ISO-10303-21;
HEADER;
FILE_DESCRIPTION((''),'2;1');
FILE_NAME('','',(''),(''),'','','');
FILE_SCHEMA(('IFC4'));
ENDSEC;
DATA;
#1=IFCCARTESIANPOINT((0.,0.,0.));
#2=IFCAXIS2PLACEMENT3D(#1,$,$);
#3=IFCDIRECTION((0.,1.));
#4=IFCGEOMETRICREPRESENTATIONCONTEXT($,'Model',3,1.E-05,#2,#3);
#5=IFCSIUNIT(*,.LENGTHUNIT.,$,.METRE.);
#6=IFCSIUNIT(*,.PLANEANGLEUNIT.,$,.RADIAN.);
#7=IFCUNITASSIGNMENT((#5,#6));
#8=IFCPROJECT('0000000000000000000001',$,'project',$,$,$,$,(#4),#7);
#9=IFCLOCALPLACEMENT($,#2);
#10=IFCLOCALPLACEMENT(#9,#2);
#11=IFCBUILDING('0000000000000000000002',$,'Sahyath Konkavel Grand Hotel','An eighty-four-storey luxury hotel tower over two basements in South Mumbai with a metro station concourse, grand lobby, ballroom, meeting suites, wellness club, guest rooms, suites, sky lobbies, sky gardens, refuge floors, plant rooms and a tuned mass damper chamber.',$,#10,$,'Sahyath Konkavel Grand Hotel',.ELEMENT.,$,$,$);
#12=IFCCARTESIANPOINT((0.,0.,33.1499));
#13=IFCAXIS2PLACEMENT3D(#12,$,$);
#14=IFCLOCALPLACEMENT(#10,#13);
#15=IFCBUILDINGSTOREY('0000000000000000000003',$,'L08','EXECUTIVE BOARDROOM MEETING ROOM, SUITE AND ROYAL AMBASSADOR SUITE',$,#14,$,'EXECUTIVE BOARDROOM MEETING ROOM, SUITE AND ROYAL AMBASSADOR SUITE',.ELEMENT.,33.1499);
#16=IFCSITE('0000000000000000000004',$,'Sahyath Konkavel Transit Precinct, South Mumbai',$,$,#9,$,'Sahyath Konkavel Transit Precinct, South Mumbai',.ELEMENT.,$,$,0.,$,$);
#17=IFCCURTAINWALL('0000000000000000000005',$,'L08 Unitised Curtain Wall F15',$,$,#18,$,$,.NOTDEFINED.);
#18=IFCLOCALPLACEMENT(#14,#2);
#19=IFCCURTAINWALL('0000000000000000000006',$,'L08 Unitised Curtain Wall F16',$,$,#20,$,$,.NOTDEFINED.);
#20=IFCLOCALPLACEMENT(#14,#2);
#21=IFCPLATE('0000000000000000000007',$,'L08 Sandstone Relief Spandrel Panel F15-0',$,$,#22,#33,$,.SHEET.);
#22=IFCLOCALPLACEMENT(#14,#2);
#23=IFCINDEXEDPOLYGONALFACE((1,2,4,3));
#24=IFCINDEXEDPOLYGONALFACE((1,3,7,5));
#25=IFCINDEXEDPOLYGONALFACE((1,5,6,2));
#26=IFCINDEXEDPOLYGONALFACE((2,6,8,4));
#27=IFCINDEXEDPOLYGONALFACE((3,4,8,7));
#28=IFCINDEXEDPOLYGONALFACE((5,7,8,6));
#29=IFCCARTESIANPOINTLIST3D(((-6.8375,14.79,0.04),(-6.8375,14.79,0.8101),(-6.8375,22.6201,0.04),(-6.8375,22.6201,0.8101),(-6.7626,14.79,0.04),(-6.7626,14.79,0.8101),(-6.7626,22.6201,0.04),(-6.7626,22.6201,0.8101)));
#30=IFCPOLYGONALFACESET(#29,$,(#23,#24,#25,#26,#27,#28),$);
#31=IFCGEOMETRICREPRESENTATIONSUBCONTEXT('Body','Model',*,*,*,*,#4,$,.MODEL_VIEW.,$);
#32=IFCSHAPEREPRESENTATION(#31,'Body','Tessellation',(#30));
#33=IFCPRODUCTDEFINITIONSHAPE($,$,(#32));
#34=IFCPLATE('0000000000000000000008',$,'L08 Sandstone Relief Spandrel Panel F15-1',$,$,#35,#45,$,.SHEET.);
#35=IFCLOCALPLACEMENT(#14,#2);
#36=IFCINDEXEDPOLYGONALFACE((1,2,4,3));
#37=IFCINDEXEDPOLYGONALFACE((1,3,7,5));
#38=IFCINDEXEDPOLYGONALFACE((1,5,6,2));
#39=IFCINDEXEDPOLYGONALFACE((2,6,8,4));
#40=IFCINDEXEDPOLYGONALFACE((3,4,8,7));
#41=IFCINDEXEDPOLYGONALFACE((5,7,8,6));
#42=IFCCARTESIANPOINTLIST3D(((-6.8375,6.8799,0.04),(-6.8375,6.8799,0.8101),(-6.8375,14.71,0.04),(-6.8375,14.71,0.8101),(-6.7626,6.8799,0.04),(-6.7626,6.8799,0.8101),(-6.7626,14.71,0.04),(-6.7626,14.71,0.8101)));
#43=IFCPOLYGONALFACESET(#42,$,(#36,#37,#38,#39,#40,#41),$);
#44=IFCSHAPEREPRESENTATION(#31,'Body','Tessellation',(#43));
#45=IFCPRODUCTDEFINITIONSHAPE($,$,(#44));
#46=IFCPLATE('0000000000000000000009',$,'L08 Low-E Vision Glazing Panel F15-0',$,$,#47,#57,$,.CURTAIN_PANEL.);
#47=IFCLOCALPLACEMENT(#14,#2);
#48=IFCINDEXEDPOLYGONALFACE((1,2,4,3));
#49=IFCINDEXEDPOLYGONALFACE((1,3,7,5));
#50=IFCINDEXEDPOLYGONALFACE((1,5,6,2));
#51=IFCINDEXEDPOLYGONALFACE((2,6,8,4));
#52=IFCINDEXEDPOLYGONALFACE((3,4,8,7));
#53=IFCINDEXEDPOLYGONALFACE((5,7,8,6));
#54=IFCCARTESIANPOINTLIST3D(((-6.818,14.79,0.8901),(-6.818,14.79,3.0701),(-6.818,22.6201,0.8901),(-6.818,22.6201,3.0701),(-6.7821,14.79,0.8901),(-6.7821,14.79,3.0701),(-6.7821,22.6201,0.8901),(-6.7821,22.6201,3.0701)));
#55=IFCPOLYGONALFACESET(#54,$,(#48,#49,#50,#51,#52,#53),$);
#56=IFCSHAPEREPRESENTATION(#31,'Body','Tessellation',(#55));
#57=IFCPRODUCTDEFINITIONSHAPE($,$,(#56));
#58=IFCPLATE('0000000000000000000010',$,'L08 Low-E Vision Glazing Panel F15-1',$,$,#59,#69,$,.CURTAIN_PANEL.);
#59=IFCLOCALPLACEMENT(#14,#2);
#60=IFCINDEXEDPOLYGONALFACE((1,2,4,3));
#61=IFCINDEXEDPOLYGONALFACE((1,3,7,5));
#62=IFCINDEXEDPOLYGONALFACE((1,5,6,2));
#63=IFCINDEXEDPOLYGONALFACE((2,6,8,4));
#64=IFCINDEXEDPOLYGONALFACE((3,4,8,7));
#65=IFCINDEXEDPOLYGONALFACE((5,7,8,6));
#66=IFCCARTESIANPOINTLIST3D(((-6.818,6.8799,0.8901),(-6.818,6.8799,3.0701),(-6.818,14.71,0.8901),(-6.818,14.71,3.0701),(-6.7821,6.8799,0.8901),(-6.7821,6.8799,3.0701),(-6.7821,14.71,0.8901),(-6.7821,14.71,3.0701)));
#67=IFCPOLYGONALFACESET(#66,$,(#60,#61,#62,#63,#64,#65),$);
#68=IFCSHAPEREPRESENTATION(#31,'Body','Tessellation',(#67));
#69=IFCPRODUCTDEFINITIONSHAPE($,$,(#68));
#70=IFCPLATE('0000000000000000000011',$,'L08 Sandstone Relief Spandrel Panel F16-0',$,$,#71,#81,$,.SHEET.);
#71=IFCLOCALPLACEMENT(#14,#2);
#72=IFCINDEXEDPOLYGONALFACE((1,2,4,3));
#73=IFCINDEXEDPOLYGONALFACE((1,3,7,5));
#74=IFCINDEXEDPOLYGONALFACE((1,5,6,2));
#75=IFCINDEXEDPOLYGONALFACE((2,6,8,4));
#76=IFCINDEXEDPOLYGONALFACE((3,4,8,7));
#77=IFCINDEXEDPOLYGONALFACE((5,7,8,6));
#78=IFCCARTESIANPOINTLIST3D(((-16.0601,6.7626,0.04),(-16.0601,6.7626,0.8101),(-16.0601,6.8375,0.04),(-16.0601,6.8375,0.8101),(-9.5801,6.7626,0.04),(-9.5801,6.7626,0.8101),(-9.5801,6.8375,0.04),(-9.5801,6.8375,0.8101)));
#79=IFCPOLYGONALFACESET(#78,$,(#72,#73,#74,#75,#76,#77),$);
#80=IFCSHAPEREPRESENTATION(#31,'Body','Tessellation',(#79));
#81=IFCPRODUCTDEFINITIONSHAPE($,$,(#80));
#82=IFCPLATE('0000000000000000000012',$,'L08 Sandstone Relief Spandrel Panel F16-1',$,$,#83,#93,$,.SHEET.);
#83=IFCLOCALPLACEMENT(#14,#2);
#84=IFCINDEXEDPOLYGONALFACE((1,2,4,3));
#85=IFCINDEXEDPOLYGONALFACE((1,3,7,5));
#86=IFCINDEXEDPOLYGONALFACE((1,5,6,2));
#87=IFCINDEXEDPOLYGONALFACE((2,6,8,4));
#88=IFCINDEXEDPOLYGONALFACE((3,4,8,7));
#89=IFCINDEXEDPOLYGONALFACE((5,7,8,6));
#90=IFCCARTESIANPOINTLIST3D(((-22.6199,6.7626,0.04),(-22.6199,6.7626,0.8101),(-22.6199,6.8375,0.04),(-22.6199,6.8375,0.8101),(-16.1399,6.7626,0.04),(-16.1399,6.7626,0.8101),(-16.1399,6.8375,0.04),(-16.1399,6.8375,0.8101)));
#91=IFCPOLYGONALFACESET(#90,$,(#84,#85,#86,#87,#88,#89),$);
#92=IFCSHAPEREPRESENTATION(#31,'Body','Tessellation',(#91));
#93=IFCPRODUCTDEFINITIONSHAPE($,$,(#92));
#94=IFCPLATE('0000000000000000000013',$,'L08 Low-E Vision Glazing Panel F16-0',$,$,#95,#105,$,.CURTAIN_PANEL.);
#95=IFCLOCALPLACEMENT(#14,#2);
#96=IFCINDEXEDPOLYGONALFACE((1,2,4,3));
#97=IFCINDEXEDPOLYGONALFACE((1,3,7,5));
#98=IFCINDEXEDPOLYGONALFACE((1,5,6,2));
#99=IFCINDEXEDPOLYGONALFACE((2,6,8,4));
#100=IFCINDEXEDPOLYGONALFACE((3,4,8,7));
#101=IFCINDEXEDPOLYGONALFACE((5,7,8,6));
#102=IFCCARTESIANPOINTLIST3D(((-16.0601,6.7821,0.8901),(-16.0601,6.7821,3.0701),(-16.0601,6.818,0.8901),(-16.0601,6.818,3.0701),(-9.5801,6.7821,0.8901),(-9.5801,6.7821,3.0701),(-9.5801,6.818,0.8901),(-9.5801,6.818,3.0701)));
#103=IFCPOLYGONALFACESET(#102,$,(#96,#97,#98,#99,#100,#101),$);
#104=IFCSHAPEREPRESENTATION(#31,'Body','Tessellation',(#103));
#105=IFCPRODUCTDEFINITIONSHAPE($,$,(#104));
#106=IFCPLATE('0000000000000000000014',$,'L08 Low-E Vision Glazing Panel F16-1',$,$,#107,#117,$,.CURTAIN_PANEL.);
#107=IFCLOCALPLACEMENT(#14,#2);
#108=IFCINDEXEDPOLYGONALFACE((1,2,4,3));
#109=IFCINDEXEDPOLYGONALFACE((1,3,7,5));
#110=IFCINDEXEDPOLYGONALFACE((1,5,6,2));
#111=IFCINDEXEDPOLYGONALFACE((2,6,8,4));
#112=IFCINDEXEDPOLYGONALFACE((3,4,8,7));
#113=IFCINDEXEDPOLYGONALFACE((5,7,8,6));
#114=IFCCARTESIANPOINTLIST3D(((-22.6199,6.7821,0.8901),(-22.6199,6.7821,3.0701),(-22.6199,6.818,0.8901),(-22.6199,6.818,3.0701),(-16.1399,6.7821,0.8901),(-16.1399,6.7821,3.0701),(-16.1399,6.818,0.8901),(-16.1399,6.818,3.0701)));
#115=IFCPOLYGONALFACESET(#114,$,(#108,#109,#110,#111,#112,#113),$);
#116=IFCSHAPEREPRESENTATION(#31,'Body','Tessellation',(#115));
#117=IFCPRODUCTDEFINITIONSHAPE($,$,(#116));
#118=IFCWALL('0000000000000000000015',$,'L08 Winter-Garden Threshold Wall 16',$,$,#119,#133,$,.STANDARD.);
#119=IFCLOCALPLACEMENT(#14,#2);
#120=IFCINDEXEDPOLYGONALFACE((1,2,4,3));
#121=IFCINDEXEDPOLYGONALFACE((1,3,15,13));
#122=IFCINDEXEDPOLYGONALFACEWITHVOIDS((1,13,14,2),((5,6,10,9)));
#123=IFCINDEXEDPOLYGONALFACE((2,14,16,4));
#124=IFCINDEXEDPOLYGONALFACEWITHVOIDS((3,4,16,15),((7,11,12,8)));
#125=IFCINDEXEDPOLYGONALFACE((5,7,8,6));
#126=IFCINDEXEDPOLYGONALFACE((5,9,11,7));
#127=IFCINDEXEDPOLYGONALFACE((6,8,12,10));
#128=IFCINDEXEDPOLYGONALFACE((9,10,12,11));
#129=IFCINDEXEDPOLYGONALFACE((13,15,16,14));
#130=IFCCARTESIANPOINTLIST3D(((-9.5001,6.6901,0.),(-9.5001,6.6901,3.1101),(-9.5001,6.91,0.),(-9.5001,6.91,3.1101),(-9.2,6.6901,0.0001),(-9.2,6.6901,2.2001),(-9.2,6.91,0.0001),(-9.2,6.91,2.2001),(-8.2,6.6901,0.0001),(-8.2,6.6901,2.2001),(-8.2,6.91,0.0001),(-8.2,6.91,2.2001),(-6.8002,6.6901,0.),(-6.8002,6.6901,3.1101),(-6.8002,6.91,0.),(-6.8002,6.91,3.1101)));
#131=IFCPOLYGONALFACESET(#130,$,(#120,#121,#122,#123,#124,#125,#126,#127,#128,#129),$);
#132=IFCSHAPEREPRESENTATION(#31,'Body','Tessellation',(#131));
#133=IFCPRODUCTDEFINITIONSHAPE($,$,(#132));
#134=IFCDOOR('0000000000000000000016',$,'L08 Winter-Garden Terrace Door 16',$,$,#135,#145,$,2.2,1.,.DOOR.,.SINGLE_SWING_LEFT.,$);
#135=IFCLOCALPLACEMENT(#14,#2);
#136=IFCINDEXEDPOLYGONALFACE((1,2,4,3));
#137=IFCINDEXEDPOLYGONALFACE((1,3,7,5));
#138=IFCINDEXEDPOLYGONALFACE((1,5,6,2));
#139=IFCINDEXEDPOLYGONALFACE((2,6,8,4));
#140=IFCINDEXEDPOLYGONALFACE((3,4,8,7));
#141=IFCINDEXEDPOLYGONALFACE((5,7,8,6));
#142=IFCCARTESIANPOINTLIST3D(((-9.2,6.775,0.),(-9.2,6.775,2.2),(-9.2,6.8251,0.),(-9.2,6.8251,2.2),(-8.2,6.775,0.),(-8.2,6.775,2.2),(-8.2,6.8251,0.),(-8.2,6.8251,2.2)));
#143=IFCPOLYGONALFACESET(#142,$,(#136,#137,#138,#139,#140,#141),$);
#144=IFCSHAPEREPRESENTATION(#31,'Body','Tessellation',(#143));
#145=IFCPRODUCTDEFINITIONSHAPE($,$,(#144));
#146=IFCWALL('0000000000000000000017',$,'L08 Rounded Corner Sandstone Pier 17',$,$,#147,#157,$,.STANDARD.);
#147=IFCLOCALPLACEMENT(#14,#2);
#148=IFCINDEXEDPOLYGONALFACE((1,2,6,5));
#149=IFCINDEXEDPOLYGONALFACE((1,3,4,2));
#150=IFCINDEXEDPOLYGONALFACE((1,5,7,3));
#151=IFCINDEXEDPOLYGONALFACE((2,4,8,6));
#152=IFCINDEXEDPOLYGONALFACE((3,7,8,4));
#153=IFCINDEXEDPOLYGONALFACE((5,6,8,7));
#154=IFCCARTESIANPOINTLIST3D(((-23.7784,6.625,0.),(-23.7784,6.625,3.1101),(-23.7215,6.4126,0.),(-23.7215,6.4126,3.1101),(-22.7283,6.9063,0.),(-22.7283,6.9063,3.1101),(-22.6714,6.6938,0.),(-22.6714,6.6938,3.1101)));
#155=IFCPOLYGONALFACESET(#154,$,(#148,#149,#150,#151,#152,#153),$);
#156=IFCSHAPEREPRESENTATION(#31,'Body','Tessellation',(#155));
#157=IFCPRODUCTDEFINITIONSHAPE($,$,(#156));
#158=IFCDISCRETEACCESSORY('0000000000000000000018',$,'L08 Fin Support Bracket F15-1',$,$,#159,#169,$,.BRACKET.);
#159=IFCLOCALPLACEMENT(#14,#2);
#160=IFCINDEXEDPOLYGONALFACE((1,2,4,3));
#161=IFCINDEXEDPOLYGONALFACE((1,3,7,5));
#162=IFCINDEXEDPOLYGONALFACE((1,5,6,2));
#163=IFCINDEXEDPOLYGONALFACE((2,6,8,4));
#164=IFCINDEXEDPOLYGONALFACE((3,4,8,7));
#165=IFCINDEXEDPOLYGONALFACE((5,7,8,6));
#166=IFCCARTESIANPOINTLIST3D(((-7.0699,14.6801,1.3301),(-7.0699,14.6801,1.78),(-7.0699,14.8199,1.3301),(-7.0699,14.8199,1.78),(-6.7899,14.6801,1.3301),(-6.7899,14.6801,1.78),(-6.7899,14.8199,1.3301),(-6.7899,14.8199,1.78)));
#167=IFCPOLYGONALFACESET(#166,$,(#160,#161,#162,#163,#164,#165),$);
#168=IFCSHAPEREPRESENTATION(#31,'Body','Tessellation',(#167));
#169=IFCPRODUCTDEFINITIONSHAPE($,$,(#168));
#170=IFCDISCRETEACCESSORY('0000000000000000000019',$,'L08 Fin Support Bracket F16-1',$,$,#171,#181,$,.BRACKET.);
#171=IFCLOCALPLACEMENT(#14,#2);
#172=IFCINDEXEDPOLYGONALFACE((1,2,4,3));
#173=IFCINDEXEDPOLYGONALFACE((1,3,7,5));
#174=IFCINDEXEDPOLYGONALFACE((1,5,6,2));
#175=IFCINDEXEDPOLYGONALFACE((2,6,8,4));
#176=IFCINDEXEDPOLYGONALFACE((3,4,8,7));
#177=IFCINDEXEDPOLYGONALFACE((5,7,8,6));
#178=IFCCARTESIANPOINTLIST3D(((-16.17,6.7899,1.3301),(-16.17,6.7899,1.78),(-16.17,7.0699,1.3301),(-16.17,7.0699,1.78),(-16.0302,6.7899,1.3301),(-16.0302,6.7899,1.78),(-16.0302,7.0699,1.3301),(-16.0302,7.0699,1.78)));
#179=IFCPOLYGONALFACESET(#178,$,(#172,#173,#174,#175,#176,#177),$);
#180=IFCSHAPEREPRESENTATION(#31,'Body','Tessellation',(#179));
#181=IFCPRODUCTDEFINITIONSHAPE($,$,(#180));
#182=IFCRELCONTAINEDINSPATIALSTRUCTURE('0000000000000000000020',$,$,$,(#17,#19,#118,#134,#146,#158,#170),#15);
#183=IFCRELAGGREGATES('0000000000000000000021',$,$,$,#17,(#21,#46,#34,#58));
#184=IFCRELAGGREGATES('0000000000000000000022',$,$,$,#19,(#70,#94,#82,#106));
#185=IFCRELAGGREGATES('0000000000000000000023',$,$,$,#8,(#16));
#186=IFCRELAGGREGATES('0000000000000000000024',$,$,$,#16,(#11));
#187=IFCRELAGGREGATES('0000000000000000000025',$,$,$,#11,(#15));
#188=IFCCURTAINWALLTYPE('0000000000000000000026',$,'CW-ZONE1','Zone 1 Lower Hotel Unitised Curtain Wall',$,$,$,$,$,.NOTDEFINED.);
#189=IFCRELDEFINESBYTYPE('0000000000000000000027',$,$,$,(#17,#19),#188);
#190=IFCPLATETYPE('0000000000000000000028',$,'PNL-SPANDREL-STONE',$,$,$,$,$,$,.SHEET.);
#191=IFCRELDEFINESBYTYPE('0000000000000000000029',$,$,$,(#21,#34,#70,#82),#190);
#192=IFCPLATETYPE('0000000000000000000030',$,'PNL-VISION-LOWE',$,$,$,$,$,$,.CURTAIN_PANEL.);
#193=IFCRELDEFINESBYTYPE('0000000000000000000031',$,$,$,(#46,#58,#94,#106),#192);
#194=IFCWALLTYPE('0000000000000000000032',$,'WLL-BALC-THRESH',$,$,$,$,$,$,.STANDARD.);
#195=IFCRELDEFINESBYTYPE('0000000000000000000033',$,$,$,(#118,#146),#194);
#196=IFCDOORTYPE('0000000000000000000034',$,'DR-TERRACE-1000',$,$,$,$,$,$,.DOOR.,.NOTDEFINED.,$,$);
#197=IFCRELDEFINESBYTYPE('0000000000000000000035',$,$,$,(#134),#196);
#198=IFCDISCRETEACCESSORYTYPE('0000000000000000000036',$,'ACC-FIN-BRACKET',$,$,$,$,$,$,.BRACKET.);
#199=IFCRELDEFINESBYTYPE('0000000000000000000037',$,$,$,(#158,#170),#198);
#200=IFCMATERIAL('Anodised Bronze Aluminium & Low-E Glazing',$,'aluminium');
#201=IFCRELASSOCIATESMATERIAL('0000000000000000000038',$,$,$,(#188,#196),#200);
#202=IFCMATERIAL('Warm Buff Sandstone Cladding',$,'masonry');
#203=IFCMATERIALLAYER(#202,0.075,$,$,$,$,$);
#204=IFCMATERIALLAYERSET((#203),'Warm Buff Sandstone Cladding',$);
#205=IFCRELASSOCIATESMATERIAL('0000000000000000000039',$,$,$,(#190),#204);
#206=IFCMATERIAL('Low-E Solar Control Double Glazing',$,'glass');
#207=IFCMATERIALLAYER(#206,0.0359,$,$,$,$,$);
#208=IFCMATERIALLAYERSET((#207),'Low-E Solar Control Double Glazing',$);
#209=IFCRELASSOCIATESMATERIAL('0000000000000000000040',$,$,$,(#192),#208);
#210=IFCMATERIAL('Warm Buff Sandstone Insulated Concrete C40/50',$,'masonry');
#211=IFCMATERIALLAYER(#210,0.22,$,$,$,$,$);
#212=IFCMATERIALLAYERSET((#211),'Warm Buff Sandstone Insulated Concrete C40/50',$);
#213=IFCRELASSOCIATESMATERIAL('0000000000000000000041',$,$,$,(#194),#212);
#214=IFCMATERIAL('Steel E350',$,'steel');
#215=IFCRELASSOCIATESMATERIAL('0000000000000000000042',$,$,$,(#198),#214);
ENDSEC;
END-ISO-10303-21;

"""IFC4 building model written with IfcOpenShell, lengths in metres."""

from ifc_helpers import new_model, si_unit, direction, frame, frame_2d, origin, origin_2d, place, context, subcontext, project, spatial, rectangle, extrude, source, transform, mapped, material, layer, layer_set, type_object, element, fill, aggregate, save


model = new_model("IFC4")

# Units and contexts
model_context = context("Model", 3, precision=1e-05, world=origin(), true_north=direction((0.0, 1.0)))
body_context = subcontext(model_context, "Body", "Model", "MODEL_VIEW")
ifc_project = project(units=[si_unit("LENGTHUNIT", "METRE"), si_unit("PLANEANGLEUNIT", "RADIAN")], contexts=[model_context])

# Site, building, storey
site_placement = place(None, origin())
site = spatial("IfcSite", under=ifc_project, at=site_placement, Name="Sahyath Konkavel Transit Precinct, South Mumbai", LongName="Sahyath Konkavel Transit Precinct, South Mumbai", CompositionType="ELEMENT", RefElevation=0.0)
building_placement = place(site_placement, origin())
building = spatial("IfcBuilding", under=site, at=building_placement, Name="Sahyath Konkavel Grand Hotel", Description="An eighty-four-storey luxury hotel tower over two basements in South Mumbai with a metro station concourse, grand lobby, ballroom, meeting suites, wellness club, guest rooms, suites, sky lobbies, sky gardens, refuge floors, plant rooms and a tuned mass damper chamber.", LongName="Sahyath Konkavel Grand Hotel", CompositionType="ELEMENT")
storey_placement = place(building_placement, frame((0.0, 0.0, 33.1499)))
storey = spatial("IfcBuildingStorey", under=building, at=storey_placement, Name="L08", Description="EXECUTIVE BOARDROOM MEETING ROOM, SUITE AND ROYAL AMBASSADOR SUITE", LongName="EXECUTIVE BOARDROOM MEETING ROOM, SUITE AND ROYAL AMBASSADOR SUITE", CompositionType="ELEMENT", Elevation=33.1499)

# Curtain walls
ifc_material_1 = material(Name="Anodised Bronze Aluminium & Low-E Glazing", Category="aluminium")
curtain_wall_type = type_object("IfcCurtainWallType", Name="CW-ZONE1", Description="Zone 1 Lower Hotel Unitised Curtain Wall", PredefinedType="NOTDEFINED", material=ifc_material_1)
curtain_wall_1_placement = place(storey_placement, origin())
curtain_wall_1 = element("IfcCurtainWall", 1, at=curtain_wall_1_placement, inside=storey, type_object=curtain_wall_type, Name="L08 Unitised Curtain Wall F15", PredefinedType="NOTDEFINED")
curtain_wall_2_placement = place(storey_placement, origin())
curtain_wall_2 = element("IfcCurtainWall", 2, at=curtain_wall_2_placement, inside=storey, type_object=curtain_wall_type, Name="L08 Unitised Curtain Wall F16", PredefinedType="NOTDEFINED")

# Plates
ifc_material_2 = material(Name="Warm Buff Sandstone Cladding", Category="masonry")
ifc_layer_1 = layer(ifc_material_2, 0.075)
ifc_layer_set_1 = layer_set([ifc_layer_1], Name="Warm Buff Sandstone Cladding")
plate_type_1 = type_object("IfcPlateType", Name="PNL-SPANDREL-STONE", PredefinedType="SHEET", material=ifc_layer_set_1)
shared_shape_1 = source(origin(), body_context, "Body", "SweptSolid", [
    extrude(rectangle(XDim=7.8301, YDim=0.075, at=origin_2d()), origin(), (0.0, 0.0, 1.0), 0.77),
])
plate_1_placement = place(storey_placement, frame((-6.8, 18.7051, 0.04), z_axis=(0.0, 0.0, 1.0), x_axis=(0.0, -1.0, 0.0)))
plate_1 = element("IfcPlate", 3, at=plate_1_placement, type_object=plate_type_1, Name="L08 Sandstone Relief Spandrel Panel F15-0", PredefinedType="SHEET", context=body_context, shape_type="MappedRepresentation", body=[
    mapped(shared_shape_1, transform((0.0, 0.0, 0.0), scale=1.0)),
])
plate_2_placement = place(storey_placement, frame((-6.8, 10.7949, 0.04), z_axis=(0.0, 0.0, 1.0), x_axis=(0.0, -1.0, 0.0)))
plate_2 = element("IfcPlate", 4, at=plate_2_placement, type_object=plate_type_1, Name="L08 Sandstone Relief Spandrel Panel F15-1", PredefinedType="SHEET", context=body_context, shape_type="MappedRepresentation", body=[
    mapped(shared_shape_1, transform((0.0, 0.0, 0.0), scale=1.0)),
])
ifc_material_3 = material(Name="Low-E Solar Control Double Glazing", Category="glass")
ifc_layer_2 = layer(ifc_material_3, 0.0359)
ifc_layer_set_2 = layer_set([ifc_layer_2], Name="Low-E Solar Control Double Glazing")
plate_type_2 = type_object("IfcPlateType", Name="PNL-VISION-LOWE", PredefinedType="CURTAIN_PANEL", material=ifc_layer_set_2)
shared_shape_2 = source(origin(), body_context, "Body", "SweptSolid", [
    extrude(rectangle(XDim=7.8301, YDim=0.0359, at=origin_2d()), origin(), (0.0, 0.0, 1.0), 2.1799),
])
plate_3_placement = place(storey_placement, frame((-6.8, 18.7051, 0.8901), z_axis=(0.0, 0.0, 1.0), x_axis=(0.0, -1.0, 0.0)))
plate_3 = element("IfcPlate", 5, at=plate_3_placement, type_object=plate_type_2, Name="L08 Low-E Vision Glazing Panel F15-0", PredefinedType="CURTAIN_PANEL", context=body_context, shape_type="MappedRepresentation", body=[
    mapped(shared_shape_2, transform((0.0, 0.0, 0.0), scale=1.0)),
])
plate_4_placement = place(storey_placement, frame((-6.8, 10.7949, 0.8901), z_axis=(0.0, 0.0, 1.0), x_axis=(0.0, -1.0, 0.0)))
plate_4 = element("IfcPlate", 6, at=plate_4_placement, type_object=plate_type_2, Name="L08 Low-E Vision Glazing Panel F15-1", PredefinedType="CURTAIN_PANEL", context=body_context, shape_type="MappedRepresentation", body=[
    mapped(shared_shape_2, transform((0.0, 0.0, 0.0), scale=1.0)),
])
aggregate(curtain_wall_1, [plate_1, plate_3, plate_2, plate_4])
shared_shape_3 = source(origin(), body_context, "Body", "SweptSolid", [
    extrude(rectangle(XDim=6.48, YDim=0.075, at=origin_2d()), origin(), (0.0, 0.0, 1.0), 0.77),
])
plate_5_placement = place(storey_placement, frame((-12.8201, 6.8, 0.04), z_axis=(0.0, 0.0, 1.0), x_axis=(-1.0, 0.0, 0.0)))
plate_5 = element("IfcPlate", 7, at=plate_5_placement, type_object=plate_type_1, Name="L08 Sandstone Relief Spandrel Panel F16-0", PredefinedType="SHEET", context=body_context, shape_type="MappedRepresentation", body=[
    mapped(shared_shape_3, transform((0.0, 0.0, 0.0), scale=1.0)),
])
plate_6_placement = place(storey_placement, frame((-19.3799, 6.8, 0.04), z_axis=(0.0, 0.0, 1.0), x_axis=(-1.0, 0.0, 0.0)))
plate_6 = element("IfcPlate", 8, at=plate_6_placement, type_object=plate_type_1, Name="L08 Sandstone Relief Spandrel Panel F16-1", PredefinedType="SHEET", context=body_context, shape_type="MappedRepresentation", body=[
    mapped(shared_shape_3, transform((0.0, 0.0, 0.0), scale=1.0)),
])
shared_shape_4 = source(origin(), body_context, "Body", "SweptSolid", [
    extrude(rectangle(XDim=6.48, YDim=0.0359, at=origin_2d()), origin(), (0.0, 0.0, 1.0), 2.1799),
])
plate_7_placement = place(storey_placement, frame((-12.8201, 6.8, 0.8901), z_axis=(0.0, 0.0, 1.0), x_axis=(-1.0, 0.0, 0.0)))
plate_7 = element("IfcPlate", 9, at=plate_7_placement, type_object=plate_type_2, Name="L08 Low-E Vision Glazing Panel F16-0", PredefinedType="CURTAIN_PANEL", context=body_context, shape_type="MappedRepresentation", body=[
    mapped(shared_shape_4, transform((0.0, 0.0, 0.0), scale=1.0)),
])
plate_8_placement = place(storey_placement, frame((-19.3799, 6.8, 0.8901), z_axis=(0.0, 0.0, 1.0), x_axis=(-1.0, 0.0, 0.0)))
plate_8 = element("IfcPlate", 10, at=plate_8_placement, type_object=plate_type_2, Name="L08 Low-E Vision Glazing Panel F16-1", PredefinedType="CURTAIN_PANEL", context=body_context, shape_type="MappedRepresentation", body=[
    mapped(shared_shape_4, transform((0.0, 0.0, 0.0), scale=1.0)),
])
aggregate(curtain_wall_2, [plate_5, plate_7, plate_6, plate_8])

# Wall, opening, door
ifc_material_4 = material(Name="Warm Buff Sandstone Insulated Concrete C40/50", Category="masonry")
ifc_layer_3 = layer(ifc_material_4, 0.22)
ifc_layer_set_3 = layer_set([ifc_layer_3], Name="Warm Buff Sandstone Insulated Concrete C40/50")
wall_type = type_object("IfcWallType", Name="WLL-BALC-THRESH", PredefinedType="STANDARD", material=ifc_layer_set_3)
wall_1_placement = place(storey_placement, frame((-6.8, 6.8, 0.0), z_axis=(0.0, 0.0, 1.0), x_axis=(-1.0, 0.0, 0.0)))
wall_1 = element("IfcWall", 11, at=wall_1_placement, inside=storey, type_object=wall_type, Name="L08 Winter-Garden Threshold Wall 16", PredefinedType="STANDARD", context=body_context, shape_type="SweptSolid", body=[
    extrude(rectangle(XDim=2.7, YDim=0.22, at=frame_2d((1.3501, 0.0))), origin(), (0.0, 0.0, 1.0), 3.1101),
])
opening_placement = place(wall_1_placement, frame((1.3999, 0.0, 0.0)))
opening = element("IfcOpeningElement", 12, at=opening_placement, cuts=wall_1, PredefinedType="OPENING", context=body_context, shape_type="SweptSolid", body=[
    extrude(rectangle(XDim=1.0, YDim=2.2, at=frame_2d((0.5, 1.1001))), frame((0.0, 0.1201, 0.0), z_axis=(0.0, -1.0, 0.0), x_axis=(1.0, 0.0, 0.0)), (0.0, 0.0, 1.0), 0.24),
])
door_type = type_object("IfcDoorType", Name="DR-TERRACE-1000", OperationType="NOTDEFINED", PredefinedType="DOOR", material=ifc_material_1)
shared_shape_5 = source(origin(), body_context, "Body", "SweptSolid", [
    extrude(rectangle(XDim=1.0, YDim=0.05, at=origin_2d()), origin(), (0.0, 0.0, 1.0), 2.2),
])
door_placement = place(opening_placement, frame((0.5, 0.0, 0.0)))
door = element("IfcDoor", 13, at=door_placement, inside=storey, type_object=door_type, Name="L08 Winter-Garden Terrace Door 16", OperationType="SINGLE_SWING_LEFT", OverallHeight=2.2, OverallWidth=1.0, PredefinedType="DOOR", context=body_context, shape_type="MappedRepresentation", body=[
    mapped(shared_shape_5, transform((0.0, 0.0, 0.0), scale=1.0)),
])
fill(opening, door)

# Wall
wall_2_placement = place(storey_placement, frame((-22.7, 6.8, 0.0), z_axis=(0.0, 0.0, 1.0), x_axis=(-0.965951, -0.258725, 0.0)))
element("IfcWall", 14, at=wall_2_placement, inside=storey, type_object=wall_type, Name="L08 Rounded Corner Sandstone Pier 17", PredefinedType="STANDARD", context=body_context, shape_type="SweptSolid", body=[
    extrude(rectangle(XDim=1.0872, YDim=0.22, at=frame_2d((0.5435, 0.0))), origin(), (0.0, 0.0, 1.0), 3.1101),
])

# Discrete accessories
ifc_material_5 = material(Name="Steel E350", Category="steel")
discrete_accessory_type = type_object("IfcDiscreteAccessoryType", Name="ACC-FIN-BRACKET", PredefinedType="BRACKET", material=ifc_material_5)
shared_shape_6 = source(origin(), body_context, "Body", "SweptSolid", [
    extrude(rectangle(XDim=0.28, YDim=0.1399, at=origin_2d()), origin(), (0.0, 0.0, 1.0), 0.45),
])
for number, where, z_axis, x_axis, name in (
    (15, (-6.9299, 14.75, 1.3301), (0.0, 0.0, 1.0), (-1.0, 0.0, 0.0), "L08 Fin Support Bracket F15-1"),
    (16, (-16.1001, 6.9299, 1.3301), (0.0, 0.0, 1.0), (0.0, 1.0, 0.0), "L08 Fin Support Bracket F16-1"),
):
    element("IfcDiscreteAccessory", number, at=place(storey_placement, frame(where, z_axis=z_axis, x_axis=x_axis)), inside=storey, type_object=discrete_accessory_type, Name=name, PredefinedType="BRACKET", context=body_context, shape_type="MappedRepresentation", body=[
        mapped(shared_shape_6, transform((0.0, 0.0, 0.0), scale=1.0)),
    ])

save(model, "model.ifc")
